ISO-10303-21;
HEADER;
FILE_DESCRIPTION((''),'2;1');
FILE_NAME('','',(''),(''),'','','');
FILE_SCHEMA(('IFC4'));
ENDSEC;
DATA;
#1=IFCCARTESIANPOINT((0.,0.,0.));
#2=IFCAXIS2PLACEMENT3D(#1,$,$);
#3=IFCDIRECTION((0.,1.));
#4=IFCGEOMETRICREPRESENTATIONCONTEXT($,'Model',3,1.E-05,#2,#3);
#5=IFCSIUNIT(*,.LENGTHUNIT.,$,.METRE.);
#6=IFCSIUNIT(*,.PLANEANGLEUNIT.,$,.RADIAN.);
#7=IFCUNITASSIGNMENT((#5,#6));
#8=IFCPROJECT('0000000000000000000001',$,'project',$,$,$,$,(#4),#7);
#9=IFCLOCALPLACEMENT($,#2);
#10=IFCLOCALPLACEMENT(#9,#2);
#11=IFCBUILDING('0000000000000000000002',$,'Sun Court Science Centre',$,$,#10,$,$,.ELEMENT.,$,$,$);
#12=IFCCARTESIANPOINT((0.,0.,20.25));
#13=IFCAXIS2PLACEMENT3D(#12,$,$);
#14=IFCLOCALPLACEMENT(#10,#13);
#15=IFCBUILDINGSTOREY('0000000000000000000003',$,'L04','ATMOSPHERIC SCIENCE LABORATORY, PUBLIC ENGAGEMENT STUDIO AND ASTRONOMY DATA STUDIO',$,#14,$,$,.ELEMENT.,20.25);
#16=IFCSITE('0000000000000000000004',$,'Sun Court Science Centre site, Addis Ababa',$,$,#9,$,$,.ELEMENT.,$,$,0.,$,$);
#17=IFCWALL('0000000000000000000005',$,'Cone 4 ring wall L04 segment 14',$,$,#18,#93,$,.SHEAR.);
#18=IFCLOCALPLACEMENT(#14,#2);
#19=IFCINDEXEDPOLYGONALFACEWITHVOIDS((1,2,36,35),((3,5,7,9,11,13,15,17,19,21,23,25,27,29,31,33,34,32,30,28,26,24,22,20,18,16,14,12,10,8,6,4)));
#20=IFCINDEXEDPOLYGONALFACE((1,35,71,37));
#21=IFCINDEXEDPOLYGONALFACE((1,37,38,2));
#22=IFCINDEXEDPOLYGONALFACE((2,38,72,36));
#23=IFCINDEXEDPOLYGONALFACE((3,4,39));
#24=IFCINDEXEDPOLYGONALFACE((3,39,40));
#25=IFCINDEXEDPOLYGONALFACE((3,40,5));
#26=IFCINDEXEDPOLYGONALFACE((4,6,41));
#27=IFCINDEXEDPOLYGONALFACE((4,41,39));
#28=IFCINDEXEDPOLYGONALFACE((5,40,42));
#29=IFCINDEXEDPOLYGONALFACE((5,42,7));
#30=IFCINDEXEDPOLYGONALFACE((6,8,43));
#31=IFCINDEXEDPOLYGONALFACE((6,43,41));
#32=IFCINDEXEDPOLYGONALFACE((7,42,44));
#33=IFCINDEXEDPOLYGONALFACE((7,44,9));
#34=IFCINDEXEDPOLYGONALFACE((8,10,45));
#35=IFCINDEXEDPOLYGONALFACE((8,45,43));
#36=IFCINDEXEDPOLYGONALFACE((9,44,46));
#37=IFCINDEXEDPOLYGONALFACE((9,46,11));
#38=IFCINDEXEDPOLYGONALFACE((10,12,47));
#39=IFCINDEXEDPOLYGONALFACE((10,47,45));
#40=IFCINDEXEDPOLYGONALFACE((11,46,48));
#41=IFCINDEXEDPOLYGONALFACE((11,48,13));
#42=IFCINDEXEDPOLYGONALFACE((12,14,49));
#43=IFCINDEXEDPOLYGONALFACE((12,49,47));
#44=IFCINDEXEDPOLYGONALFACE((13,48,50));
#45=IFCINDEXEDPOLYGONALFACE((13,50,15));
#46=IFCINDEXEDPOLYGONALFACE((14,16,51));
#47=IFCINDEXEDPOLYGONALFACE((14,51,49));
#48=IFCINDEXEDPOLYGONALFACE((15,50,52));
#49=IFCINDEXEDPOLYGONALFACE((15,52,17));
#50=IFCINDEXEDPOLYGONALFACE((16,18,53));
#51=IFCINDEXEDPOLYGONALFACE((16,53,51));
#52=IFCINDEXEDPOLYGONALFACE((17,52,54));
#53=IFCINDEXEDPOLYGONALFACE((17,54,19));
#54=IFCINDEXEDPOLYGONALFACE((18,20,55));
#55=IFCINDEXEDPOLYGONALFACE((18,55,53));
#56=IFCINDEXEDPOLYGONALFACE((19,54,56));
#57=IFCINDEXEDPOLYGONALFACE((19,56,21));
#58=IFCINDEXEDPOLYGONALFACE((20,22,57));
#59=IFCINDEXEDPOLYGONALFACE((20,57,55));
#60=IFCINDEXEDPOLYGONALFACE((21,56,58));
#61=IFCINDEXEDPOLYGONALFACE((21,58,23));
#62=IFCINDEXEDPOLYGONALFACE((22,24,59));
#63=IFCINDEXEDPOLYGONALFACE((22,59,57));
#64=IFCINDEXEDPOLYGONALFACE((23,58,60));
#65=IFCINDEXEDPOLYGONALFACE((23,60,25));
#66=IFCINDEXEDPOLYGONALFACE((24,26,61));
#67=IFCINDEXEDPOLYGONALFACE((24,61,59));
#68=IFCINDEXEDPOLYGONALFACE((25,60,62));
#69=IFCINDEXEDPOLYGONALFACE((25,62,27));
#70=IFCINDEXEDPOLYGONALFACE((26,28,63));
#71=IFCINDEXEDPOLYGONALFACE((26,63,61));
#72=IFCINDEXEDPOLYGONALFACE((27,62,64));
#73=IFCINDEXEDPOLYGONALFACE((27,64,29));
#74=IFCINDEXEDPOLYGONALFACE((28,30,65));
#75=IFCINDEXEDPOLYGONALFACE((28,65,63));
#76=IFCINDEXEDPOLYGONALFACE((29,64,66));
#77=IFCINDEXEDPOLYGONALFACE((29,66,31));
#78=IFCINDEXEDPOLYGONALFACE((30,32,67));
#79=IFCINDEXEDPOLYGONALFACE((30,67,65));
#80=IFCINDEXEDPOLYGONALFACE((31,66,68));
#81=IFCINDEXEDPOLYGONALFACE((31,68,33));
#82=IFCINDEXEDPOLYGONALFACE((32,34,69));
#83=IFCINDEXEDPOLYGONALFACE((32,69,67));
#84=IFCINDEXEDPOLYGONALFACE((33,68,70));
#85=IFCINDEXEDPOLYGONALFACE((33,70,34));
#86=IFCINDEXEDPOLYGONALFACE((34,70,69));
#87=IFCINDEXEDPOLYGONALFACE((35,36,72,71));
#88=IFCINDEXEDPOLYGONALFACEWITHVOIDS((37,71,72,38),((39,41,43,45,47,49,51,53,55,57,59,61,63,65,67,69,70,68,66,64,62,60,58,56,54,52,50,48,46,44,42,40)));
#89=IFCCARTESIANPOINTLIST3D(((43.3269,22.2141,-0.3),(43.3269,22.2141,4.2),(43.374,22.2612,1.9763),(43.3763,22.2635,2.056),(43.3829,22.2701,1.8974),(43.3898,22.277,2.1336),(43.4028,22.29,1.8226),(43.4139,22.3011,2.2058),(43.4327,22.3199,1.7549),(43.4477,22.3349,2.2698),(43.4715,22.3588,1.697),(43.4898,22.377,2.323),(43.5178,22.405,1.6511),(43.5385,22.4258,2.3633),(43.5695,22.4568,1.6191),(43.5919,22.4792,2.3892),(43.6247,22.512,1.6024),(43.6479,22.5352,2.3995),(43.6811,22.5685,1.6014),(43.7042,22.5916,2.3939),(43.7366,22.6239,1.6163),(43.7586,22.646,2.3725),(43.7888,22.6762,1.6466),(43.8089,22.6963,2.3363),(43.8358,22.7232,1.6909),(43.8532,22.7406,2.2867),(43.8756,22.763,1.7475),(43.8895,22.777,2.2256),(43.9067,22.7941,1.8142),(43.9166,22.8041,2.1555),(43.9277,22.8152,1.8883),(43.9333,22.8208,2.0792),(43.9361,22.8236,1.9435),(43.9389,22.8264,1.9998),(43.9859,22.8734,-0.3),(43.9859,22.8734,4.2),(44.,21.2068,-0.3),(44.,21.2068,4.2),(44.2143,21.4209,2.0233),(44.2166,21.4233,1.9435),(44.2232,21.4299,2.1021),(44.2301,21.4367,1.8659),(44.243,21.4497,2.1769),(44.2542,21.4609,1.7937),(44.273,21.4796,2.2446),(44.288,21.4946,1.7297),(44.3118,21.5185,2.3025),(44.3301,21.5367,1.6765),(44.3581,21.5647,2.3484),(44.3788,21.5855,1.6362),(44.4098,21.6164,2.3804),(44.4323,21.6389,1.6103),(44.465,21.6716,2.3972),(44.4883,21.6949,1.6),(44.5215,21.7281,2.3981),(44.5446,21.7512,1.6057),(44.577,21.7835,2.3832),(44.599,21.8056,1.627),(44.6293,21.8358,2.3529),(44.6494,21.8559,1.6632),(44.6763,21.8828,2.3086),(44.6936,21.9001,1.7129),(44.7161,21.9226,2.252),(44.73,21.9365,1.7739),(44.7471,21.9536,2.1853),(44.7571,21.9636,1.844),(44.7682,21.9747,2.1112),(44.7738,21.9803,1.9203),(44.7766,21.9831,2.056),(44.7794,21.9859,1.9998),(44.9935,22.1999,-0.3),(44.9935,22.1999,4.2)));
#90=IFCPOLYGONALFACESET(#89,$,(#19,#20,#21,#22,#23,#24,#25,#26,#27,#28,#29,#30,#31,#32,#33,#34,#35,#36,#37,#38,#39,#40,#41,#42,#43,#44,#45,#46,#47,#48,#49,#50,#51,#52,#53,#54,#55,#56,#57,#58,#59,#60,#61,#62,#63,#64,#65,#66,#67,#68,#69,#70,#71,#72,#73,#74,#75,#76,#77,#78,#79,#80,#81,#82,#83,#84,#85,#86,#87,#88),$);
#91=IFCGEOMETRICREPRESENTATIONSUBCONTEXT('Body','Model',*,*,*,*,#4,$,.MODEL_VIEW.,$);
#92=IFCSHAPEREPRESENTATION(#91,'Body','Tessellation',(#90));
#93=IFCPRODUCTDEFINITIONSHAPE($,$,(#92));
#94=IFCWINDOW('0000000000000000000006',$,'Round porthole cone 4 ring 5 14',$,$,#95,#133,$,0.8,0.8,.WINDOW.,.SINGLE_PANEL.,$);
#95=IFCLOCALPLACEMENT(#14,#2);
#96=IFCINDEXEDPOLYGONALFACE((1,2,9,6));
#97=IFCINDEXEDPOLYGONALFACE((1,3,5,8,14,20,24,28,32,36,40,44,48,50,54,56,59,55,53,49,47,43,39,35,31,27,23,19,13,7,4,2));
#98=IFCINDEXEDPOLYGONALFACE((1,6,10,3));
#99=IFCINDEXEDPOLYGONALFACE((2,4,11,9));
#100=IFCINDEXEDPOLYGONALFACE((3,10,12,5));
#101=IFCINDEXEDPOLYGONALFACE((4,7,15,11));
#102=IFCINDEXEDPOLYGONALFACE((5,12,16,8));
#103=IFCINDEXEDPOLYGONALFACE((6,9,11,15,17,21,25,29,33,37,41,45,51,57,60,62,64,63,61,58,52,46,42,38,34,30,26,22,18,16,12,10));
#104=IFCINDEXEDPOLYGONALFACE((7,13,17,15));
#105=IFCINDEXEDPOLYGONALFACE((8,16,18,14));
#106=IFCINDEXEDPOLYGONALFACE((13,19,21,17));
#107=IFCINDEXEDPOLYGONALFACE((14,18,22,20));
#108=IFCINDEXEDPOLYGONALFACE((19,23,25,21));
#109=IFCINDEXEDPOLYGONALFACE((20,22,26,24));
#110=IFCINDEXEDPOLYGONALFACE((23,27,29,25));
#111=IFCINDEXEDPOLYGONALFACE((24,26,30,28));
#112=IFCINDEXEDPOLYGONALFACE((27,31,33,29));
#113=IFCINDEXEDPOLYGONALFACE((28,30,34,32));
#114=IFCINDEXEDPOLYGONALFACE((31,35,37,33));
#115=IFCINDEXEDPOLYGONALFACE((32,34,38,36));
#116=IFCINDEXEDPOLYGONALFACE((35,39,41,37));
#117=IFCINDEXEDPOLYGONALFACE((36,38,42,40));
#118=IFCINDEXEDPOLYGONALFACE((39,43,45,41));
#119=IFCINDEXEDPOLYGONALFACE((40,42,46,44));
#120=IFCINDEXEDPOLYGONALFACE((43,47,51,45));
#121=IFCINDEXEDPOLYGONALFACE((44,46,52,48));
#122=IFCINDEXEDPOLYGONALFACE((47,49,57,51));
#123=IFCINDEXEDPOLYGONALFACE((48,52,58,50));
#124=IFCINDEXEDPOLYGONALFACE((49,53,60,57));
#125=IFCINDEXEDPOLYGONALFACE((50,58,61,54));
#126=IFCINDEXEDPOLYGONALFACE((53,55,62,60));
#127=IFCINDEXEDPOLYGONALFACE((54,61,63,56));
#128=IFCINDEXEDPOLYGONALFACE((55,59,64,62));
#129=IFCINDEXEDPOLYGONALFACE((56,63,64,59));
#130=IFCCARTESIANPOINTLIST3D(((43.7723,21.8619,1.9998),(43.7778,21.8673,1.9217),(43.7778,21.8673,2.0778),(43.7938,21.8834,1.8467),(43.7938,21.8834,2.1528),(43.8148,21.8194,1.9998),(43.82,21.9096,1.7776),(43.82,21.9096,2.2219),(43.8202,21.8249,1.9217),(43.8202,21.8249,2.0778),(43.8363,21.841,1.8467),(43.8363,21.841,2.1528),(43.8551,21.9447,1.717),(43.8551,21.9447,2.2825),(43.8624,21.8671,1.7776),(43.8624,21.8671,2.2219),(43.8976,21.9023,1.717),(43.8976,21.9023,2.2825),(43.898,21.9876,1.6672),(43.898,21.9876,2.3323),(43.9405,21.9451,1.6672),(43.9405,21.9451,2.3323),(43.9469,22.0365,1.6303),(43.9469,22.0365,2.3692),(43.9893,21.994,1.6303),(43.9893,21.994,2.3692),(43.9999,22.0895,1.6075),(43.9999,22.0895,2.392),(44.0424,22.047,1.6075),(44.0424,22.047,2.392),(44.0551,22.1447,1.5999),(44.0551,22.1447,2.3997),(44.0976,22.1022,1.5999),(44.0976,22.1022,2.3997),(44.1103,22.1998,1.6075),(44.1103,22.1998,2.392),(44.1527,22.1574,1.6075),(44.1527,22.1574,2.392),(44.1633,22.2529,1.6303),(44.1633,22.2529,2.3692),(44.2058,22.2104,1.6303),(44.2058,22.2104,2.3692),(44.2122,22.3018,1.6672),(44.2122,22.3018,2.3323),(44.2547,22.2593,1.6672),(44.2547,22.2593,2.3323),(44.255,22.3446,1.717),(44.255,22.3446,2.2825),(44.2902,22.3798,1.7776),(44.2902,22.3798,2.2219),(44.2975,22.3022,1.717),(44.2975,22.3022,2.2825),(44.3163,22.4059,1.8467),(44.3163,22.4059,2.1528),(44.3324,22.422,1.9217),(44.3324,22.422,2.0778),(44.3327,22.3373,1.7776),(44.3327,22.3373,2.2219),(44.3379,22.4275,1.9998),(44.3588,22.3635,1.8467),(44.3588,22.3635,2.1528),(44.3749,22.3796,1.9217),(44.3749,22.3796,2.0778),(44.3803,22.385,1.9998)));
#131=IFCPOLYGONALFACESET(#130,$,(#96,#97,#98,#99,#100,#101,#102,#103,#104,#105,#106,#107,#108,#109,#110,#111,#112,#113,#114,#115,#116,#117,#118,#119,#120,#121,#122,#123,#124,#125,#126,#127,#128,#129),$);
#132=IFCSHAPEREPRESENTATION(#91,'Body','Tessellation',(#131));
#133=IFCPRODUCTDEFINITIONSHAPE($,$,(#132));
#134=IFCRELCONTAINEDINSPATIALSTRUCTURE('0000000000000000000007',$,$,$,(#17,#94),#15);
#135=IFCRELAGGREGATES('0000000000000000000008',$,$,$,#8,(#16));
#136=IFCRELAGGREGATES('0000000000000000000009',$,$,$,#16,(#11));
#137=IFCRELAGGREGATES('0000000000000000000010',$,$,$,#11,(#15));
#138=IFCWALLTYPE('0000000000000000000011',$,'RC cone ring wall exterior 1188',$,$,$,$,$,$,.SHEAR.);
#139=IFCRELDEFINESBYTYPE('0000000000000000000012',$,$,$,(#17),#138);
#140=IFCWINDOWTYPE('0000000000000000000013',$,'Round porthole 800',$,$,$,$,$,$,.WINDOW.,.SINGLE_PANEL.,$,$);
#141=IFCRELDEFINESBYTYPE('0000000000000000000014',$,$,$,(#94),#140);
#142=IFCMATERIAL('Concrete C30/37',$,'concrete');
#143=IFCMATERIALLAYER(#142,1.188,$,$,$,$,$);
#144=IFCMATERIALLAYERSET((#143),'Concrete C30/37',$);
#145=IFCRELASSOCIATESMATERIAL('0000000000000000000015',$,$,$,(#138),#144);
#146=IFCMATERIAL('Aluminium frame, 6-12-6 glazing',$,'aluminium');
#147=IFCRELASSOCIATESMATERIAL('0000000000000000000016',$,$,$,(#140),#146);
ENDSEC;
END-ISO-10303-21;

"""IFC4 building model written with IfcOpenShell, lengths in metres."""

from ifc_helpers import new_model, si_unit, direction, frame, frame_2d, origin, place, context, subcontext, project, spatial, polyline, circle, outline, extrude, material, layer, layer_set, type_object, element, fill, save


model = new_model("IFC4")

# Units and contexts
model_context = context("Model", 3, precision=1e-05, world=origin(), true_north=direction((0.0, 1.0)))
body_context = subcontext(model_context, "Body", "Model", "MODEL_VIEW")
ifc_project = project(units=[si_unit("LENGTHUNIT", "METRE"), si_unit("PLANEANGLEUNIT", "RADIAN")], contexts=[model_context])

# Site, building, storey
site_placement = place(None, origin())
site = spatial("IfcSite", under=ifc_project, at=site_placement, Name="Sun Court Science Centre site, Addis Ababa", CompositionType="ELEMENT", RefElevation=0.0)
building_placement = place(site_placement, origin())
building = spatial("IfcBuilding", under=site, at=building_placement, Name="Sun Court Science Centre", CompositionType="ELEMENT")
storey_placement = place(building_placement, frame((0.0, 0.0, 20.25)))
storey = spatial("IfcBuildingStorey", under=building, at=storey_placement, Name="L04", Description="ATMOSPHERIC SCIENCE LABORATORY, PUBLIC ENGAGEMENT STUDIO AND ASTRONOMY DATA STUDIO", CompositionType="ELEMENT", Elevation=20.25)

# Wall, opening, window
ifc_material_1 = material(Name="Concrete C30/37", Category="concrete")
ifc_layer_1 = layer(ifc_material_1, 1.188)
ifc_layer_set_1 = layer_set([ifc_layer_1], Name="Concrete C30/37")
wall_type_1 = type_object("IfcWallType", Name="RC cone ring wall exterior 1188", PredefinedType="SHEAR", material=ifc_layer_set_1)
ifc_material_2 = material(Name="Aluminium frame, 6-12-6 glazing", Category="aluminium")
window_type = type_object("IfcWindowType", Name="Round porthole 800", PartitioningType="SINGLE_PANEL", PredefinedType="WINDOW", material=ifc_material_2)
wall_1_placement = place(storey_placement, frame((43.5798, 21.627, -0.3), z_axis=(0.0, 0.0, 1.0), x_axis=(0.707107, 0.707107, 0.0)))
wall_1 = element("IfcWall", 1, at=wall_1_placement, inside=storey, type_object=wall_type_1, Name="Cone 4 ring wall L04 segment 14", PredefinedType="SHEAR", context=body_context, shape_type="SweptSolid", body=[
    extrude(outline(polyline([(0.0, -0.5942), (1.4048, -0.5945), (1.1685, 0.5942), (0.2363, 0.594), (0.0, -0.5942)])), origin(), (0.0, 0.0, 1.0), 4.5),
])
opening_1_placement = place(wall_1_placement, frame((0.3022, 0.0, 1.8999)))
opening_1 = element("IfcOpeningElement", 2, at=opening_1_placement, cuts=wall_1, PredefinedType="OPENING", context=body_context, shape_type="SweptSolid", body=[
    extrude(circle(Radius=0.3999, at=frame_2d((0.3999, 0.3999))), frame((0.0, 0.6042, 0.0), z_axis=(0.0, -1.0, 0.0), x_axis=(1.0, 0.0, 0.0)), (0.0, 0.0, 1.0), 1.2085),
])
window_1_placement = place(opening_1_placement, origin())
window_1 = element("IfcWindow", 3, at=window_1_placement, inside=storey, type_object=window_type, Name="Round porthole cone 4 ring 5 14", OverallHeight=0.8, OverallWidth=0.8, PartitioningType="SINGLE_PANEL", PredefinedType="WINDOW", context=body_context, shape_type="SweptSolid", body=[
    extrude(circle(Radius=0.3999, at=frame_2d((0.3999, 0.3999))), frame((0.0, 0.03, 0.0), z_axis=(0.0, -1.0, 0.0), x_axis=(1.0, 0.0, 0.0)), (0.0, 0.0, 1.0), 0.0601),
])
fill(opening_1, window_1)

save(model, "model.ifc")
